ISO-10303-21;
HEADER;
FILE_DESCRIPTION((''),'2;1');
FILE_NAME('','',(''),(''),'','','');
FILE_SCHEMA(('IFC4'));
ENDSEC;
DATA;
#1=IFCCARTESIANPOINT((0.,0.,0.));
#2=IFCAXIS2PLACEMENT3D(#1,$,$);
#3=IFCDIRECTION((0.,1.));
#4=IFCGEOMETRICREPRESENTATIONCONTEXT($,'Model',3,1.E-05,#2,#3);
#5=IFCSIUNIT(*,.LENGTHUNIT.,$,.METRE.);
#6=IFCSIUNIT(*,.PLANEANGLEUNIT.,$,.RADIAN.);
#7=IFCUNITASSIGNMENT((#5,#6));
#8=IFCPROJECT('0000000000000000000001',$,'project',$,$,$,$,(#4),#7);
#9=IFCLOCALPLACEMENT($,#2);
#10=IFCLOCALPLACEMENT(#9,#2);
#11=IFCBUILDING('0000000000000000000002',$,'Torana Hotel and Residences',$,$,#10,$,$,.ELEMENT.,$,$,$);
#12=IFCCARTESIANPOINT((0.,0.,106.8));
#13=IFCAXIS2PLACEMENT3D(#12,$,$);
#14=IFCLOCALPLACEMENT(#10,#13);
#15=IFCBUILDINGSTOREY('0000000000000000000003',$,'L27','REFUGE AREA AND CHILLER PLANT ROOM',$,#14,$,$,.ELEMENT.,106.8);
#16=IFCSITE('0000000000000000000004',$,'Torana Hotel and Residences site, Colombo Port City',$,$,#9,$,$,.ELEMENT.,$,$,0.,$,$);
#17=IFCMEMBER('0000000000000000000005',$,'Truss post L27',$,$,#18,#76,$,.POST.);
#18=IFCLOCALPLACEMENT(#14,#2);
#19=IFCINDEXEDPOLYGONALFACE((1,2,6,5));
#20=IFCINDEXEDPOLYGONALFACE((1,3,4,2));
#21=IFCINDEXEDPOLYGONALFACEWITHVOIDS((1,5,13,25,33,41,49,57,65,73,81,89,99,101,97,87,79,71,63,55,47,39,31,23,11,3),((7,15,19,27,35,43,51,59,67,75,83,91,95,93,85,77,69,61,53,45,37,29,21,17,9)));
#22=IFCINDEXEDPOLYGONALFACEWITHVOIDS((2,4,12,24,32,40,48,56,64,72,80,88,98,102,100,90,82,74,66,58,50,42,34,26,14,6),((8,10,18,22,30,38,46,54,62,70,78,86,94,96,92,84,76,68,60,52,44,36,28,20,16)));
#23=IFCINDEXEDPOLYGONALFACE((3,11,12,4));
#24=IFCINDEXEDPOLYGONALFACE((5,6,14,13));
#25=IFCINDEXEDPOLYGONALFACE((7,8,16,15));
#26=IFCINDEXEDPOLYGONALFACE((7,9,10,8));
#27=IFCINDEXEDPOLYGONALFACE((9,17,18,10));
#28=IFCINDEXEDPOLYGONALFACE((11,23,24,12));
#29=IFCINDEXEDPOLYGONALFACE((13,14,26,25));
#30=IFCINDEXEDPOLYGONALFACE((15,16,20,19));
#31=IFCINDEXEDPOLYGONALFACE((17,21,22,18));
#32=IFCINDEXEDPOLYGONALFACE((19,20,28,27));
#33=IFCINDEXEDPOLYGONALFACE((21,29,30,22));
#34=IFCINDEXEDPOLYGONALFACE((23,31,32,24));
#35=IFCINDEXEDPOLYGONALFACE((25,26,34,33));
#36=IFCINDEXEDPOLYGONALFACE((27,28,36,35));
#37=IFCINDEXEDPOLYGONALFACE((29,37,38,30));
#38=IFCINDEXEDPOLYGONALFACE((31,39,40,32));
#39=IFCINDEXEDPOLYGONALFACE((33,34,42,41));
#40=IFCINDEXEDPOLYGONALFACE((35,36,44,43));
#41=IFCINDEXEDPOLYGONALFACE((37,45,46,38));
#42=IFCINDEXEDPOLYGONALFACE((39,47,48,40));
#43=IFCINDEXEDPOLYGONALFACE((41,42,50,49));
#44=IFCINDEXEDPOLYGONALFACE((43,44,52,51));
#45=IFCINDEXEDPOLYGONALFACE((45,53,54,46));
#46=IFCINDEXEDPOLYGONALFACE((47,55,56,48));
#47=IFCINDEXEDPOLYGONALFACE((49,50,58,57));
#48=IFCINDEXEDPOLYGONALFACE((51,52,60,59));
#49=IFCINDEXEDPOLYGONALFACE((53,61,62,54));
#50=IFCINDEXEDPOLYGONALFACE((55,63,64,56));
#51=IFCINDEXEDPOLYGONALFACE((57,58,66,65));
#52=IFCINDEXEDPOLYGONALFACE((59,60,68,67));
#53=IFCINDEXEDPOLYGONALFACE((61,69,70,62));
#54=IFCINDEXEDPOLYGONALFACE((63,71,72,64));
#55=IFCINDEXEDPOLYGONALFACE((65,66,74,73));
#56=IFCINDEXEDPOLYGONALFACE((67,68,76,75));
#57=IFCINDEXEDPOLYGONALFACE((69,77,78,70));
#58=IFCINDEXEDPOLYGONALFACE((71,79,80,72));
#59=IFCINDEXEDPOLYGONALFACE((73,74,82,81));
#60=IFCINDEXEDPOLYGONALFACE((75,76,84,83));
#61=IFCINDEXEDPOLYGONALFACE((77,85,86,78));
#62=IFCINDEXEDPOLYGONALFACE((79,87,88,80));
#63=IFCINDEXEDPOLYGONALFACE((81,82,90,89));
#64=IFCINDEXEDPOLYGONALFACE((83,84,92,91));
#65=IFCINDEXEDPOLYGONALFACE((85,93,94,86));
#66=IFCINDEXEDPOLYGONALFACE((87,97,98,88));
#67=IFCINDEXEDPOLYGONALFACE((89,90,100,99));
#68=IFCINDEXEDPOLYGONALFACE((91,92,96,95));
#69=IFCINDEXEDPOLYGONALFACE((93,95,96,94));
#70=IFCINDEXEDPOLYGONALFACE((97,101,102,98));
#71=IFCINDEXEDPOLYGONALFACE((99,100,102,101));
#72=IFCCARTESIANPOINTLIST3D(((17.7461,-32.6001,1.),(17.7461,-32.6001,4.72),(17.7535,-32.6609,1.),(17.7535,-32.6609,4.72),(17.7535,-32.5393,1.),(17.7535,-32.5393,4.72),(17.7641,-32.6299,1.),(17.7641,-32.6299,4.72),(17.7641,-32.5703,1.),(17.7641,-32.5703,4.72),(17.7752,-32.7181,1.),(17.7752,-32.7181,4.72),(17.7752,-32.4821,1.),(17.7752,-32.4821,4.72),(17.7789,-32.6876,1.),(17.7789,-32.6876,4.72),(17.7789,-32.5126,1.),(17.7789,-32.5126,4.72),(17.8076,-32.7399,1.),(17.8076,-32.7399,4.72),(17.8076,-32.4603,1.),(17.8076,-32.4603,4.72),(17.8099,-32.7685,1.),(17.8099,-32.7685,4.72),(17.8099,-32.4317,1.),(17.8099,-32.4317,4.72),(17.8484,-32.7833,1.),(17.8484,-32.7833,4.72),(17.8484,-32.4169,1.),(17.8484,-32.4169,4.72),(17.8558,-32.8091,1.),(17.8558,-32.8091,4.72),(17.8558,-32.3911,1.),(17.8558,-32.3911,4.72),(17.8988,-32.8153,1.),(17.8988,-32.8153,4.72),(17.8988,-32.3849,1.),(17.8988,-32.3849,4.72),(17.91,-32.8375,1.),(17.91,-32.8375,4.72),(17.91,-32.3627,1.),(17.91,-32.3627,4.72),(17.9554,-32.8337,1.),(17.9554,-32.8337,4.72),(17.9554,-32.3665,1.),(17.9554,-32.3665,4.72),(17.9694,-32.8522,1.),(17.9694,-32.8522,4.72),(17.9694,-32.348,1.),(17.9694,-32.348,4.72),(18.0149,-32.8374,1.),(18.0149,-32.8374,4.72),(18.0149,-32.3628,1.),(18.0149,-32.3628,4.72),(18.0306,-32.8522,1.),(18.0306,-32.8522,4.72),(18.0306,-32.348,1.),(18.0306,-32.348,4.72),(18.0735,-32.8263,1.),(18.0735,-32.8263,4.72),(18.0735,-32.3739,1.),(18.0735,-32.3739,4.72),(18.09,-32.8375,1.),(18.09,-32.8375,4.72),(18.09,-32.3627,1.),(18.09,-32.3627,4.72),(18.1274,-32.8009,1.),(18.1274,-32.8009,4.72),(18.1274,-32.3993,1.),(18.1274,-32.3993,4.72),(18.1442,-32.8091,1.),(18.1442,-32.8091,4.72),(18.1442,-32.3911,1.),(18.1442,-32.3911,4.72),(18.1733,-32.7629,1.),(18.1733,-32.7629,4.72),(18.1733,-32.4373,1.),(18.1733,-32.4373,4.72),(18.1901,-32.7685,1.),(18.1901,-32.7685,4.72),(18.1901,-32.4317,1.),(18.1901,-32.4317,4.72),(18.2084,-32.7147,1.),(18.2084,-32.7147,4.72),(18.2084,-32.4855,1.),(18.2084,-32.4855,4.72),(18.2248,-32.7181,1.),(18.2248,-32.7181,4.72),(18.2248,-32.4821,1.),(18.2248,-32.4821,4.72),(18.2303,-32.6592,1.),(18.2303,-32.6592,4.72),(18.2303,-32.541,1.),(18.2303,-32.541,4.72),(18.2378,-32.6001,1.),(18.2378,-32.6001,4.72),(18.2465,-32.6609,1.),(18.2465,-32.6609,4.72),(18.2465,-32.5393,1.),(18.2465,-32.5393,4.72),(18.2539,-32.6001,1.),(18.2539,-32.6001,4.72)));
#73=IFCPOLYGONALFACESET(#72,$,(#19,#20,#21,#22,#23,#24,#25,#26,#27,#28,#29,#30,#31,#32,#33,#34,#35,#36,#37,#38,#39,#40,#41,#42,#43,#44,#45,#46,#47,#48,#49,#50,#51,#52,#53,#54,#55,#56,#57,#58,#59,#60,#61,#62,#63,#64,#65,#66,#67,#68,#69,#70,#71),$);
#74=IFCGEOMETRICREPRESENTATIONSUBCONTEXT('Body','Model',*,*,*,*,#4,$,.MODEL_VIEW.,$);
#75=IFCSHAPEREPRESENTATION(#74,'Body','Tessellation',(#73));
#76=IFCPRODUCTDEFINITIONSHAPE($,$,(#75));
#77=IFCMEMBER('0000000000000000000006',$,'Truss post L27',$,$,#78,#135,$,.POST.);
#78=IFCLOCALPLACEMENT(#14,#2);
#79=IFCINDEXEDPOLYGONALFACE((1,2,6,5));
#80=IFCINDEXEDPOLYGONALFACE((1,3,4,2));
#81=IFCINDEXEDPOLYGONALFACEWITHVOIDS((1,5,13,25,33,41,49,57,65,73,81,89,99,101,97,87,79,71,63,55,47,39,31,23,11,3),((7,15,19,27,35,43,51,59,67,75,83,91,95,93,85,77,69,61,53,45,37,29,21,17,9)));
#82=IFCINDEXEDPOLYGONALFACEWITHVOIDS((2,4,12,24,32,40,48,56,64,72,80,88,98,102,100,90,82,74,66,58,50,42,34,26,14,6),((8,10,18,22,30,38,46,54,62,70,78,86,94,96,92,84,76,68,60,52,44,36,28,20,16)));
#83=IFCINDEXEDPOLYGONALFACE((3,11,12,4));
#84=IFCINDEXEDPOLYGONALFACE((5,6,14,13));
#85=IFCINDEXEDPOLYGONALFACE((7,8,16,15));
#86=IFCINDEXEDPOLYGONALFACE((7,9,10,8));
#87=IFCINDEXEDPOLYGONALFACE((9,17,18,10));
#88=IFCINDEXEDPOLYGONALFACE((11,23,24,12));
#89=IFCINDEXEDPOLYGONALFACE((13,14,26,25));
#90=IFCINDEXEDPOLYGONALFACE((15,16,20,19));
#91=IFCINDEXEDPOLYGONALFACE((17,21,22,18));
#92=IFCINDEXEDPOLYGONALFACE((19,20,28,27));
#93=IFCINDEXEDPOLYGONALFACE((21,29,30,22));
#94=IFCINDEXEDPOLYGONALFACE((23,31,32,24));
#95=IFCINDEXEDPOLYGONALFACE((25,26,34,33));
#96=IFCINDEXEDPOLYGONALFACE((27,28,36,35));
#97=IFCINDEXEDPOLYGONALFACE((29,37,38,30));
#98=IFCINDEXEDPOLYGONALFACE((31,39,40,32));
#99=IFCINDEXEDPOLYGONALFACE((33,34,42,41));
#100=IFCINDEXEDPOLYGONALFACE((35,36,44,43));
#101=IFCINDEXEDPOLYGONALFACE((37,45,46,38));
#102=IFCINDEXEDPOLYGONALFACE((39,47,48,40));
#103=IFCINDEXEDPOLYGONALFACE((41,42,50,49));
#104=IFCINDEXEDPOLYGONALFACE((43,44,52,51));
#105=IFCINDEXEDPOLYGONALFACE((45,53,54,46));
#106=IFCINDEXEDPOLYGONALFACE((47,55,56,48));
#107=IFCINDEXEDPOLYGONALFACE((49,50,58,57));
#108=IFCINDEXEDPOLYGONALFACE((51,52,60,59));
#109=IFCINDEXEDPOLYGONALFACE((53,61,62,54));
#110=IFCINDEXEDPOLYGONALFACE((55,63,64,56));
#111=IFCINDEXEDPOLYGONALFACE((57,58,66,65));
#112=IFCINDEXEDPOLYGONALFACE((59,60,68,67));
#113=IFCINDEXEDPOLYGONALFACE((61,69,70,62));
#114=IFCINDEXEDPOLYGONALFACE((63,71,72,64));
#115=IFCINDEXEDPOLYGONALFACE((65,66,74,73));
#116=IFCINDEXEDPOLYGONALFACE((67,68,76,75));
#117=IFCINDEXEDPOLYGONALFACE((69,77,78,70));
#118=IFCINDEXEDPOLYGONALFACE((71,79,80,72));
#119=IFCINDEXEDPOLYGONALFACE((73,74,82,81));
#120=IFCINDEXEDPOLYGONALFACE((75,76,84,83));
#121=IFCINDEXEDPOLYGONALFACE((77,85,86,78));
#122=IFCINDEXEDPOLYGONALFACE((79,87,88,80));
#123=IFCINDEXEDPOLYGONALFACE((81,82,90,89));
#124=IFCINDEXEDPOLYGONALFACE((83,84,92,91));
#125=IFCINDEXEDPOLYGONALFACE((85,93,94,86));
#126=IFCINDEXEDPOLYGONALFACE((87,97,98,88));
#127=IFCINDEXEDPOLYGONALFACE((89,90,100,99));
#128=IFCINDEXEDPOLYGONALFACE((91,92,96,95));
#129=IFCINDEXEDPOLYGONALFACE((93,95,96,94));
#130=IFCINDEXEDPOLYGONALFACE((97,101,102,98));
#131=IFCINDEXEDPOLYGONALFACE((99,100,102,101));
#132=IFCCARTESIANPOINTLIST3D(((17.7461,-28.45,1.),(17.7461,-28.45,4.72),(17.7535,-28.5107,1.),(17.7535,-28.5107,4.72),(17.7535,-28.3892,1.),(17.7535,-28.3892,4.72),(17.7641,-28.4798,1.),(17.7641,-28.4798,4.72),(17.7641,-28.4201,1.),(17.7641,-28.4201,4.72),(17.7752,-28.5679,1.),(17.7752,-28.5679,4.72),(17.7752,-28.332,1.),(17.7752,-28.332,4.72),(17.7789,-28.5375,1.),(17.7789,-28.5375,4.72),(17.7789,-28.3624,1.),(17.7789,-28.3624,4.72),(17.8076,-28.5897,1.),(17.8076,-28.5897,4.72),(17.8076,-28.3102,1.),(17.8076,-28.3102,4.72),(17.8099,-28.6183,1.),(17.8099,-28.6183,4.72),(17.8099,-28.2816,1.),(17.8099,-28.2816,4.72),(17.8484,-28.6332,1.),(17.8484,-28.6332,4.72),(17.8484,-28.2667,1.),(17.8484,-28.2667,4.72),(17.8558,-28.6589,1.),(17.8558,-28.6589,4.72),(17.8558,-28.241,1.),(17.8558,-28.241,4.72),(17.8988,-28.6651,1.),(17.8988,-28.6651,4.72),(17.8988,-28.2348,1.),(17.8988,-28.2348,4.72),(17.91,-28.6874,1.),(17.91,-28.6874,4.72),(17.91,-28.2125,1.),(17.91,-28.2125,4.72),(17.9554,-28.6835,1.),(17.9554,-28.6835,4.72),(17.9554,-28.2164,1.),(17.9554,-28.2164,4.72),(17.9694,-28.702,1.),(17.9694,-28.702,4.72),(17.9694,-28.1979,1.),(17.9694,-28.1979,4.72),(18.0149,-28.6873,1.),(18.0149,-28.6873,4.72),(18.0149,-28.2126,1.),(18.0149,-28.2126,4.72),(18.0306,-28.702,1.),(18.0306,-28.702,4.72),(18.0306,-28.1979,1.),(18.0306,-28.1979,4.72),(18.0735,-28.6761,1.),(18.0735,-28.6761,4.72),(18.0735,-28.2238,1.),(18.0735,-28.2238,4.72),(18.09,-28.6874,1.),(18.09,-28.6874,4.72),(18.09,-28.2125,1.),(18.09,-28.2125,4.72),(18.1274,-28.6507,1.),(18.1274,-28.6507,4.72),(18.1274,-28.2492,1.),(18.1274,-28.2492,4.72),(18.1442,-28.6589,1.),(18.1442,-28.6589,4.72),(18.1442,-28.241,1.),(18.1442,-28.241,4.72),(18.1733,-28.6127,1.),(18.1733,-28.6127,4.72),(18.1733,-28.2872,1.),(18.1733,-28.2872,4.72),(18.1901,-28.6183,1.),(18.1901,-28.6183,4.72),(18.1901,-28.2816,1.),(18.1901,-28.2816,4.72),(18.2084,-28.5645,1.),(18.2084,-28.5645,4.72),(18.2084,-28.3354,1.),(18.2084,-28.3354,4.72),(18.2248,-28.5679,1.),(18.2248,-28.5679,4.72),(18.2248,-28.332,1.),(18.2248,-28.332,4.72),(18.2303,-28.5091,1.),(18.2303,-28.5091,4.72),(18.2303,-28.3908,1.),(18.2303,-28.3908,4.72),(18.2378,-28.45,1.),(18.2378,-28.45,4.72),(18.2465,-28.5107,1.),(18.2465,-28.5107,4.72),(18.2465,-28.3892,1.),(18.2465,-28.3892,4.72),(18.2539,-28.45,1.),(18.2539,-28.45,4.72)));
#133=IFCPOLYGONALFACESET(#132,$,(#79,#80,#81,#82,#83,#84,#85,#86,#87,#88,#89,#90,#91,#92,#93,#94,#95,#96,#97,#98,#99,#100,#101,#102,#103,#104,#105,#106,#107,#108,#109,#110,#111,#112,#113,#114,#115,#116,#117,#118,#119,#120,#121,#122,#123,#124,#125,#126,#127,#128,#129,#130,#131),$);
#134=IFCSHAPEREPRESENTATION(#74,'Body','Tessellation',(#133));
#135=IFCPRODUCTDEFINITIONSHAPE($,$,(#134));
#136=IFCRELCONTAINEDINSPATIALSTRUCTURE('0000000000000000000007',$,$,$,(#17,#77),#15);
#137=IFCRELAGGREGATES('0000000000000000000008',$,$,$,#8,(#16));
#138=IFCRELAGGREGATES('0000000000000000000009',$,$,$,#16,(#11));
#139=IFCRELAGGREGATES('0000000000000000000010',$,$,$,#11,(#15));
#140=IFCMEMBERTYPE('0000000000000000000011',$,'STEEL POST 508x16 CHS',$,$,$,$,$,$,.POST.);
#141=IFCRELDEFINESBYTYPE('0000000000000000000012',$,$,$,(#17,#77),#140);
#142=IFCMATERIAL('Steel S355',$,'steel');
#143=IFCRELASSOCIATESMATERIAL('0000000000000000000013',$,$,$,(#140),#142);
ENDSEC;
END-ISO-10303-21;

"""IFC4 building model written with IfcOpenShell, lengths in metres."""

from ifc_helpers import new_model, si_unit, direction, frame, origin, origin_2d, place, context, subcontext, project, spatial, hollow_circle, extrude, material, material_profile, profile_set, type_object, element, save


model = new_model("IFC4")

# Units and contexts
model_context = context("Model", 3, precision=1e-05, world=origin(), true_north=direction((0.0, 1.0)))
body_context = subcontext(model_context, "Body", "Model", "MODEL_VIEW")
ifc_project = project(units=[si_unit("LENGTHUNIT", "METRE"), si_unit("PLANEANGLEUNIT", "RADIAN")], contexts=[model_context])

# Site, building, storey
site_placement = place(None, origin())
site = spatial("IfcSite", under=ifc_project, at=site_placement, Name="Torana Hotel and Residences site, Colombo Port City", CompositionType="ELEMENT", RefElevation=0.0)
building_placement = place(site_placement, origin())
building = spatial("IfcBuilding", under=site, at=building_placement, Name="Torana Hotel and Residences", CompositionType="ELEMENT")
storey_placement = place(building_placement, frame((0.0, 0.0, 106.8)))
storey = spatial("IfcBuildingStorey", under=building, at=storey_placement, Name="L27", Description="REFUGE AREA AND CHILLER PLANT ROOM", CompositionType="ELEMENT", Elevation=106.8)

# Members
ifc_material_1 = material(Name="Steel S355", Category="steel")
ifc_material_profile_1 = material_profile(ifc_material_1, hollow_circle(Radius=0.2539, WallThickness=0.0161, at=origin_2d()), Name="508x16 CHS")
ifc_profile_set_1 = profile_set([ifc_material_profile_1], Name="Steel S355")
member_type_1 = type_object("IfcMemberType", Name="STEEL POST 508x16 CHS", PredefinedType="POST", material=ifc_profile_set_1)
for number, where, z_axis, x_axis, name in (
    (1, (18.0, -32.6001, 1.0), (0.0, 0.0, 1.0), (1.0, 0.0, 0.0), "Truss post L27"),
    (2, (18.0, -28.45, 1.0), (0.0, 0.0, 1.0), (1.0, 0.0, 0.0), "Truss post L27"),
):
    element("IfcMember", number, at=place(storey_placement, frame(where, z_axis=z_axis, x_axis=x_axis)), inside=storey, type_object=member_type_1, Name=name, PredefinedType="POST", context=body_context, shape_type="SweptSolid", body=[
        extrude(hollow_circle(Radius=0.2539, WallThickness=0.0161, at=origin_2d()), origin(), (0.0, 0.0, 1.0), 3.72),
    ])

save(model, "model.ifc")
